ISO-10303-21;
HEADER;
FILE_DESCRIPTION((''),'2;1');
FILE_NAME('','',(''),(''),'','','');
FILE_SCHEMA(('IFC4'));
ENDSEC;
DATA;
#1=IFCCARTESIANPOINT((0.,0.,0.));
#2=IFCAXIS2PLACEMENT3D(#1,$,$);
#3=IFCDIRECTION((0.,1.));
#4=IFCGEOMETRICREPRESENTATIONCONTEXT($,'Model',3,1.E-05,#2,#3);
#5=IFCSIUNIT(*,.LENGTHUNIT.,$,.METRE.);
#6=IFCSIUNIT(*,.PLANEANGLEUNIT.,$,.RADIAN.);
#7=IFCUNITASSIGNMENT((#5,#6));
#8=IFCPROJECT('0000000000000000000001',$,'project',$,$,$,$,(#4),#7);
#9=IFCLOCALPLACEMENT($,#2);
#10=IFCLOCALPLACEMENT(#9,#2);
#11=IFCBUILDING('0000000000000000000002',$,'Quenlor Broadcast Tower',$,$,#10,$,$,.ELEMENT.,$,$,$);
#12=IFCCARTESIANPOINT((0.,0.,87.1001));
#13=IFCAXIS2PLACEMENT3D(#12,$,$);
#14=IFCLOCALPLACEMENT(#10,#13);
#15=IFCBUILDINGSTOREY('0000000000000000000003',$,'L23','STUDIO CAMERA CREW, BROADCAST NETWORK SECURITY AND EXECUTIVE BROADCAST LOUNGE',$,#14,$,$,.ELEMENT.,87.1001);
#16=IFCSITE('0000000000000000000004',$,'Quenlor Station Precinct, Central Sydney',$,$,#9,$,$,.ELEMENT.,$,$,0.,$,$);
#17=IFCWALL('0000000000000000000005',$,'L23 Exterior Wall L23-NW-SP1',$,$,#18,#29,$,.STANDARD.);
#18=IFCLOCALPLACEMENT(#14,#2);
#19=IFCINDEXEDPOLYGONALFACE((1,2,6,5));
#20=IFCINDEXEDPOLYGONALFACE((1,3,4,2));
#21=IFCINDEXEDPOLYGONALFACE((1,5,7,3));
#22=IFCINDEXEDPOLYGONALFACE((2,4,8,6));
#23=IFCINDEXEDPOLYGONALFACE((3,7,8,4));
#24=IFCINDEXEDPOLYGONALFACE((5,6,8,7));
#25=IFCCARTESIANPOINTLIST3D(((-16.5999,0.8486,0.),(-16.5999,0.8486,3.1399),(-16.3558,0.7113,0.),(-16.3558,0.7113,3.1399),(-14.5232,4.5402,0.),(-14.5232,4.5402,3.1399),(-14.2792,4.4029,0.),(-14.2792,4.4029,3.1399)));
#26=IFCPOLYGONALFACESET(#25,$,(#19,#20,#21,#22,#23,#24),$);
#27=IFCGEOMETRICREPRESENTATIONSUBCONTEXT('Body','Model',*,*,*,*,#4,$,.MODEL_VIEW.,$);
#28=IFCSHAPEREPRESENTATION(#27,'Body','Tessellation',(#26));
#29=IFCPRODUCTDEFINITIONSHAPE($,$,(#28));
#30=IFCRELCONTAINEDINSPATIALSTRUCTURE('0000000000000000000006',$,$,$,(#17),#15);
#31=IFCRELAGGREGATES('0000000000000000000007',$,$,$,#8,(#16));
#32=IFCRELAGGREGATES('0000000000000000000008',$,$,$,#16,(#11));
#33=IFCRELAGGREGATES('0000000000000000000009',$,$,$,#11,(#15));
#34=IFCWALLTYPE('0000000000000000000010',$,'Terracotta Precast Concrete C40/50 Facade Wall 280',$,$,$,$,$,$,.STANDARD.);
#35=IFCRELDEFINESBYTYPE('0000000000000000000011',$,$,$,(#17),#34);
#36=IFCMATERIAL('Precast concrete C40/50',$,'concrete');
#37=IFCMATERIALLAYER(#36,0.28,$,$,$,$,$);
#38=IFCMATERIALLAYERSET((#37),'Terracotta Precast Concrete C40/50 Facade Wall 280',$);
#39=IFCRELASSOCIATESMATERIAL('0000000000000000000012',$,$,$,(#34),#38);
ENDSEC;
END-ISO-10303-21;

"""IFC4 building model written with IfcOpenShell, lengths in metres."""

from ifc_helpers import new_model, si_unit, direction, frame, frame_2d, origin, place, context, subcontext, project, spatial, rectangle, extrude, material, layer, layer_set, type_object, element, save


model = new_model("IFC4")

# Units and contexts
model_context = context("Model", 3, precision=1e-05, world=origin(), true_north=direction((0.0, 1.0)))
body_context = subcontext(model_context, "Body", "Model", "MODEL_VIEW")
ifc_project = project(units=[si_unit("LENGTHUNIT", "METRE"), si_unit("PLANEANGLEUNIT", "RADIAN")], contexts=[model_context])

# Site, building, storey
site_placement = place(None, origin())
site = spatial("IfcSite", under=ifc_project, at=site_placement, Name="Quenlor Station Precinct, Central Sydney", CompositionType="ELEMENT", RefElevation=0.0)
building_placement = place(site_placement, origin())
building = spatial("IfcBuilding", under=site, at=building_placement, Name="Quenlor Broadcast Tower", CompositionType="ELEMENT")
storey_placement = place(building_placement, frame((0.0, 0.0, 87.1001)))
storey = spatial("IfcBuildingStorey", under=building, at=storey_placement, Name="L23", Description="STUDIO CAMERA CREW, BROADCAST NETWORK SECURITY AND EXECUTIVE BROADCAST LOUNGE", CompositionType="ELEMENT", Elevation=87.1001)

# Wall
ifc_material_1 = material(Name="Precast concrete C40/50", Category="concrete")
ifc_layer_1 = layer(ifc_material_1, 0.28)
ifc_layer_set_1 = layer_set([ifc_layer_1], Name="Terracotta Precast Concrete C40/50 Facade Wall 280")
wall_type_1 = type_object("IfcWallType", Name="Terracotta Precast Concrete C40/50 Facade Wall 280", PredefinedType="STANDARD", material=ifc_layer_set_1)
wall_1_placement = place(storey_placement, frame((-16.4778, 0.78, 0.0), z_axis=(0.0, 0.0, 1.0), x_axis=(0.49028, 0.871565, 0.0)))
element("IfcWall", 1, at=wall_1_placement, inside=storey, type_object=wall_type_1, Name="L23 Exterior Wall L23-NW-SP1", PredefinedType="STANDARD", context=body_context, shape_type="SweptSolid", body=[
    extrude(rectangle(XDim=4.2356, YDim=0.28, at=frame_2d((2.1177, 0.0))), origin(), (0.0, 0.0, 1.0), 3.1399),
])

save(model, "model.ifc")
